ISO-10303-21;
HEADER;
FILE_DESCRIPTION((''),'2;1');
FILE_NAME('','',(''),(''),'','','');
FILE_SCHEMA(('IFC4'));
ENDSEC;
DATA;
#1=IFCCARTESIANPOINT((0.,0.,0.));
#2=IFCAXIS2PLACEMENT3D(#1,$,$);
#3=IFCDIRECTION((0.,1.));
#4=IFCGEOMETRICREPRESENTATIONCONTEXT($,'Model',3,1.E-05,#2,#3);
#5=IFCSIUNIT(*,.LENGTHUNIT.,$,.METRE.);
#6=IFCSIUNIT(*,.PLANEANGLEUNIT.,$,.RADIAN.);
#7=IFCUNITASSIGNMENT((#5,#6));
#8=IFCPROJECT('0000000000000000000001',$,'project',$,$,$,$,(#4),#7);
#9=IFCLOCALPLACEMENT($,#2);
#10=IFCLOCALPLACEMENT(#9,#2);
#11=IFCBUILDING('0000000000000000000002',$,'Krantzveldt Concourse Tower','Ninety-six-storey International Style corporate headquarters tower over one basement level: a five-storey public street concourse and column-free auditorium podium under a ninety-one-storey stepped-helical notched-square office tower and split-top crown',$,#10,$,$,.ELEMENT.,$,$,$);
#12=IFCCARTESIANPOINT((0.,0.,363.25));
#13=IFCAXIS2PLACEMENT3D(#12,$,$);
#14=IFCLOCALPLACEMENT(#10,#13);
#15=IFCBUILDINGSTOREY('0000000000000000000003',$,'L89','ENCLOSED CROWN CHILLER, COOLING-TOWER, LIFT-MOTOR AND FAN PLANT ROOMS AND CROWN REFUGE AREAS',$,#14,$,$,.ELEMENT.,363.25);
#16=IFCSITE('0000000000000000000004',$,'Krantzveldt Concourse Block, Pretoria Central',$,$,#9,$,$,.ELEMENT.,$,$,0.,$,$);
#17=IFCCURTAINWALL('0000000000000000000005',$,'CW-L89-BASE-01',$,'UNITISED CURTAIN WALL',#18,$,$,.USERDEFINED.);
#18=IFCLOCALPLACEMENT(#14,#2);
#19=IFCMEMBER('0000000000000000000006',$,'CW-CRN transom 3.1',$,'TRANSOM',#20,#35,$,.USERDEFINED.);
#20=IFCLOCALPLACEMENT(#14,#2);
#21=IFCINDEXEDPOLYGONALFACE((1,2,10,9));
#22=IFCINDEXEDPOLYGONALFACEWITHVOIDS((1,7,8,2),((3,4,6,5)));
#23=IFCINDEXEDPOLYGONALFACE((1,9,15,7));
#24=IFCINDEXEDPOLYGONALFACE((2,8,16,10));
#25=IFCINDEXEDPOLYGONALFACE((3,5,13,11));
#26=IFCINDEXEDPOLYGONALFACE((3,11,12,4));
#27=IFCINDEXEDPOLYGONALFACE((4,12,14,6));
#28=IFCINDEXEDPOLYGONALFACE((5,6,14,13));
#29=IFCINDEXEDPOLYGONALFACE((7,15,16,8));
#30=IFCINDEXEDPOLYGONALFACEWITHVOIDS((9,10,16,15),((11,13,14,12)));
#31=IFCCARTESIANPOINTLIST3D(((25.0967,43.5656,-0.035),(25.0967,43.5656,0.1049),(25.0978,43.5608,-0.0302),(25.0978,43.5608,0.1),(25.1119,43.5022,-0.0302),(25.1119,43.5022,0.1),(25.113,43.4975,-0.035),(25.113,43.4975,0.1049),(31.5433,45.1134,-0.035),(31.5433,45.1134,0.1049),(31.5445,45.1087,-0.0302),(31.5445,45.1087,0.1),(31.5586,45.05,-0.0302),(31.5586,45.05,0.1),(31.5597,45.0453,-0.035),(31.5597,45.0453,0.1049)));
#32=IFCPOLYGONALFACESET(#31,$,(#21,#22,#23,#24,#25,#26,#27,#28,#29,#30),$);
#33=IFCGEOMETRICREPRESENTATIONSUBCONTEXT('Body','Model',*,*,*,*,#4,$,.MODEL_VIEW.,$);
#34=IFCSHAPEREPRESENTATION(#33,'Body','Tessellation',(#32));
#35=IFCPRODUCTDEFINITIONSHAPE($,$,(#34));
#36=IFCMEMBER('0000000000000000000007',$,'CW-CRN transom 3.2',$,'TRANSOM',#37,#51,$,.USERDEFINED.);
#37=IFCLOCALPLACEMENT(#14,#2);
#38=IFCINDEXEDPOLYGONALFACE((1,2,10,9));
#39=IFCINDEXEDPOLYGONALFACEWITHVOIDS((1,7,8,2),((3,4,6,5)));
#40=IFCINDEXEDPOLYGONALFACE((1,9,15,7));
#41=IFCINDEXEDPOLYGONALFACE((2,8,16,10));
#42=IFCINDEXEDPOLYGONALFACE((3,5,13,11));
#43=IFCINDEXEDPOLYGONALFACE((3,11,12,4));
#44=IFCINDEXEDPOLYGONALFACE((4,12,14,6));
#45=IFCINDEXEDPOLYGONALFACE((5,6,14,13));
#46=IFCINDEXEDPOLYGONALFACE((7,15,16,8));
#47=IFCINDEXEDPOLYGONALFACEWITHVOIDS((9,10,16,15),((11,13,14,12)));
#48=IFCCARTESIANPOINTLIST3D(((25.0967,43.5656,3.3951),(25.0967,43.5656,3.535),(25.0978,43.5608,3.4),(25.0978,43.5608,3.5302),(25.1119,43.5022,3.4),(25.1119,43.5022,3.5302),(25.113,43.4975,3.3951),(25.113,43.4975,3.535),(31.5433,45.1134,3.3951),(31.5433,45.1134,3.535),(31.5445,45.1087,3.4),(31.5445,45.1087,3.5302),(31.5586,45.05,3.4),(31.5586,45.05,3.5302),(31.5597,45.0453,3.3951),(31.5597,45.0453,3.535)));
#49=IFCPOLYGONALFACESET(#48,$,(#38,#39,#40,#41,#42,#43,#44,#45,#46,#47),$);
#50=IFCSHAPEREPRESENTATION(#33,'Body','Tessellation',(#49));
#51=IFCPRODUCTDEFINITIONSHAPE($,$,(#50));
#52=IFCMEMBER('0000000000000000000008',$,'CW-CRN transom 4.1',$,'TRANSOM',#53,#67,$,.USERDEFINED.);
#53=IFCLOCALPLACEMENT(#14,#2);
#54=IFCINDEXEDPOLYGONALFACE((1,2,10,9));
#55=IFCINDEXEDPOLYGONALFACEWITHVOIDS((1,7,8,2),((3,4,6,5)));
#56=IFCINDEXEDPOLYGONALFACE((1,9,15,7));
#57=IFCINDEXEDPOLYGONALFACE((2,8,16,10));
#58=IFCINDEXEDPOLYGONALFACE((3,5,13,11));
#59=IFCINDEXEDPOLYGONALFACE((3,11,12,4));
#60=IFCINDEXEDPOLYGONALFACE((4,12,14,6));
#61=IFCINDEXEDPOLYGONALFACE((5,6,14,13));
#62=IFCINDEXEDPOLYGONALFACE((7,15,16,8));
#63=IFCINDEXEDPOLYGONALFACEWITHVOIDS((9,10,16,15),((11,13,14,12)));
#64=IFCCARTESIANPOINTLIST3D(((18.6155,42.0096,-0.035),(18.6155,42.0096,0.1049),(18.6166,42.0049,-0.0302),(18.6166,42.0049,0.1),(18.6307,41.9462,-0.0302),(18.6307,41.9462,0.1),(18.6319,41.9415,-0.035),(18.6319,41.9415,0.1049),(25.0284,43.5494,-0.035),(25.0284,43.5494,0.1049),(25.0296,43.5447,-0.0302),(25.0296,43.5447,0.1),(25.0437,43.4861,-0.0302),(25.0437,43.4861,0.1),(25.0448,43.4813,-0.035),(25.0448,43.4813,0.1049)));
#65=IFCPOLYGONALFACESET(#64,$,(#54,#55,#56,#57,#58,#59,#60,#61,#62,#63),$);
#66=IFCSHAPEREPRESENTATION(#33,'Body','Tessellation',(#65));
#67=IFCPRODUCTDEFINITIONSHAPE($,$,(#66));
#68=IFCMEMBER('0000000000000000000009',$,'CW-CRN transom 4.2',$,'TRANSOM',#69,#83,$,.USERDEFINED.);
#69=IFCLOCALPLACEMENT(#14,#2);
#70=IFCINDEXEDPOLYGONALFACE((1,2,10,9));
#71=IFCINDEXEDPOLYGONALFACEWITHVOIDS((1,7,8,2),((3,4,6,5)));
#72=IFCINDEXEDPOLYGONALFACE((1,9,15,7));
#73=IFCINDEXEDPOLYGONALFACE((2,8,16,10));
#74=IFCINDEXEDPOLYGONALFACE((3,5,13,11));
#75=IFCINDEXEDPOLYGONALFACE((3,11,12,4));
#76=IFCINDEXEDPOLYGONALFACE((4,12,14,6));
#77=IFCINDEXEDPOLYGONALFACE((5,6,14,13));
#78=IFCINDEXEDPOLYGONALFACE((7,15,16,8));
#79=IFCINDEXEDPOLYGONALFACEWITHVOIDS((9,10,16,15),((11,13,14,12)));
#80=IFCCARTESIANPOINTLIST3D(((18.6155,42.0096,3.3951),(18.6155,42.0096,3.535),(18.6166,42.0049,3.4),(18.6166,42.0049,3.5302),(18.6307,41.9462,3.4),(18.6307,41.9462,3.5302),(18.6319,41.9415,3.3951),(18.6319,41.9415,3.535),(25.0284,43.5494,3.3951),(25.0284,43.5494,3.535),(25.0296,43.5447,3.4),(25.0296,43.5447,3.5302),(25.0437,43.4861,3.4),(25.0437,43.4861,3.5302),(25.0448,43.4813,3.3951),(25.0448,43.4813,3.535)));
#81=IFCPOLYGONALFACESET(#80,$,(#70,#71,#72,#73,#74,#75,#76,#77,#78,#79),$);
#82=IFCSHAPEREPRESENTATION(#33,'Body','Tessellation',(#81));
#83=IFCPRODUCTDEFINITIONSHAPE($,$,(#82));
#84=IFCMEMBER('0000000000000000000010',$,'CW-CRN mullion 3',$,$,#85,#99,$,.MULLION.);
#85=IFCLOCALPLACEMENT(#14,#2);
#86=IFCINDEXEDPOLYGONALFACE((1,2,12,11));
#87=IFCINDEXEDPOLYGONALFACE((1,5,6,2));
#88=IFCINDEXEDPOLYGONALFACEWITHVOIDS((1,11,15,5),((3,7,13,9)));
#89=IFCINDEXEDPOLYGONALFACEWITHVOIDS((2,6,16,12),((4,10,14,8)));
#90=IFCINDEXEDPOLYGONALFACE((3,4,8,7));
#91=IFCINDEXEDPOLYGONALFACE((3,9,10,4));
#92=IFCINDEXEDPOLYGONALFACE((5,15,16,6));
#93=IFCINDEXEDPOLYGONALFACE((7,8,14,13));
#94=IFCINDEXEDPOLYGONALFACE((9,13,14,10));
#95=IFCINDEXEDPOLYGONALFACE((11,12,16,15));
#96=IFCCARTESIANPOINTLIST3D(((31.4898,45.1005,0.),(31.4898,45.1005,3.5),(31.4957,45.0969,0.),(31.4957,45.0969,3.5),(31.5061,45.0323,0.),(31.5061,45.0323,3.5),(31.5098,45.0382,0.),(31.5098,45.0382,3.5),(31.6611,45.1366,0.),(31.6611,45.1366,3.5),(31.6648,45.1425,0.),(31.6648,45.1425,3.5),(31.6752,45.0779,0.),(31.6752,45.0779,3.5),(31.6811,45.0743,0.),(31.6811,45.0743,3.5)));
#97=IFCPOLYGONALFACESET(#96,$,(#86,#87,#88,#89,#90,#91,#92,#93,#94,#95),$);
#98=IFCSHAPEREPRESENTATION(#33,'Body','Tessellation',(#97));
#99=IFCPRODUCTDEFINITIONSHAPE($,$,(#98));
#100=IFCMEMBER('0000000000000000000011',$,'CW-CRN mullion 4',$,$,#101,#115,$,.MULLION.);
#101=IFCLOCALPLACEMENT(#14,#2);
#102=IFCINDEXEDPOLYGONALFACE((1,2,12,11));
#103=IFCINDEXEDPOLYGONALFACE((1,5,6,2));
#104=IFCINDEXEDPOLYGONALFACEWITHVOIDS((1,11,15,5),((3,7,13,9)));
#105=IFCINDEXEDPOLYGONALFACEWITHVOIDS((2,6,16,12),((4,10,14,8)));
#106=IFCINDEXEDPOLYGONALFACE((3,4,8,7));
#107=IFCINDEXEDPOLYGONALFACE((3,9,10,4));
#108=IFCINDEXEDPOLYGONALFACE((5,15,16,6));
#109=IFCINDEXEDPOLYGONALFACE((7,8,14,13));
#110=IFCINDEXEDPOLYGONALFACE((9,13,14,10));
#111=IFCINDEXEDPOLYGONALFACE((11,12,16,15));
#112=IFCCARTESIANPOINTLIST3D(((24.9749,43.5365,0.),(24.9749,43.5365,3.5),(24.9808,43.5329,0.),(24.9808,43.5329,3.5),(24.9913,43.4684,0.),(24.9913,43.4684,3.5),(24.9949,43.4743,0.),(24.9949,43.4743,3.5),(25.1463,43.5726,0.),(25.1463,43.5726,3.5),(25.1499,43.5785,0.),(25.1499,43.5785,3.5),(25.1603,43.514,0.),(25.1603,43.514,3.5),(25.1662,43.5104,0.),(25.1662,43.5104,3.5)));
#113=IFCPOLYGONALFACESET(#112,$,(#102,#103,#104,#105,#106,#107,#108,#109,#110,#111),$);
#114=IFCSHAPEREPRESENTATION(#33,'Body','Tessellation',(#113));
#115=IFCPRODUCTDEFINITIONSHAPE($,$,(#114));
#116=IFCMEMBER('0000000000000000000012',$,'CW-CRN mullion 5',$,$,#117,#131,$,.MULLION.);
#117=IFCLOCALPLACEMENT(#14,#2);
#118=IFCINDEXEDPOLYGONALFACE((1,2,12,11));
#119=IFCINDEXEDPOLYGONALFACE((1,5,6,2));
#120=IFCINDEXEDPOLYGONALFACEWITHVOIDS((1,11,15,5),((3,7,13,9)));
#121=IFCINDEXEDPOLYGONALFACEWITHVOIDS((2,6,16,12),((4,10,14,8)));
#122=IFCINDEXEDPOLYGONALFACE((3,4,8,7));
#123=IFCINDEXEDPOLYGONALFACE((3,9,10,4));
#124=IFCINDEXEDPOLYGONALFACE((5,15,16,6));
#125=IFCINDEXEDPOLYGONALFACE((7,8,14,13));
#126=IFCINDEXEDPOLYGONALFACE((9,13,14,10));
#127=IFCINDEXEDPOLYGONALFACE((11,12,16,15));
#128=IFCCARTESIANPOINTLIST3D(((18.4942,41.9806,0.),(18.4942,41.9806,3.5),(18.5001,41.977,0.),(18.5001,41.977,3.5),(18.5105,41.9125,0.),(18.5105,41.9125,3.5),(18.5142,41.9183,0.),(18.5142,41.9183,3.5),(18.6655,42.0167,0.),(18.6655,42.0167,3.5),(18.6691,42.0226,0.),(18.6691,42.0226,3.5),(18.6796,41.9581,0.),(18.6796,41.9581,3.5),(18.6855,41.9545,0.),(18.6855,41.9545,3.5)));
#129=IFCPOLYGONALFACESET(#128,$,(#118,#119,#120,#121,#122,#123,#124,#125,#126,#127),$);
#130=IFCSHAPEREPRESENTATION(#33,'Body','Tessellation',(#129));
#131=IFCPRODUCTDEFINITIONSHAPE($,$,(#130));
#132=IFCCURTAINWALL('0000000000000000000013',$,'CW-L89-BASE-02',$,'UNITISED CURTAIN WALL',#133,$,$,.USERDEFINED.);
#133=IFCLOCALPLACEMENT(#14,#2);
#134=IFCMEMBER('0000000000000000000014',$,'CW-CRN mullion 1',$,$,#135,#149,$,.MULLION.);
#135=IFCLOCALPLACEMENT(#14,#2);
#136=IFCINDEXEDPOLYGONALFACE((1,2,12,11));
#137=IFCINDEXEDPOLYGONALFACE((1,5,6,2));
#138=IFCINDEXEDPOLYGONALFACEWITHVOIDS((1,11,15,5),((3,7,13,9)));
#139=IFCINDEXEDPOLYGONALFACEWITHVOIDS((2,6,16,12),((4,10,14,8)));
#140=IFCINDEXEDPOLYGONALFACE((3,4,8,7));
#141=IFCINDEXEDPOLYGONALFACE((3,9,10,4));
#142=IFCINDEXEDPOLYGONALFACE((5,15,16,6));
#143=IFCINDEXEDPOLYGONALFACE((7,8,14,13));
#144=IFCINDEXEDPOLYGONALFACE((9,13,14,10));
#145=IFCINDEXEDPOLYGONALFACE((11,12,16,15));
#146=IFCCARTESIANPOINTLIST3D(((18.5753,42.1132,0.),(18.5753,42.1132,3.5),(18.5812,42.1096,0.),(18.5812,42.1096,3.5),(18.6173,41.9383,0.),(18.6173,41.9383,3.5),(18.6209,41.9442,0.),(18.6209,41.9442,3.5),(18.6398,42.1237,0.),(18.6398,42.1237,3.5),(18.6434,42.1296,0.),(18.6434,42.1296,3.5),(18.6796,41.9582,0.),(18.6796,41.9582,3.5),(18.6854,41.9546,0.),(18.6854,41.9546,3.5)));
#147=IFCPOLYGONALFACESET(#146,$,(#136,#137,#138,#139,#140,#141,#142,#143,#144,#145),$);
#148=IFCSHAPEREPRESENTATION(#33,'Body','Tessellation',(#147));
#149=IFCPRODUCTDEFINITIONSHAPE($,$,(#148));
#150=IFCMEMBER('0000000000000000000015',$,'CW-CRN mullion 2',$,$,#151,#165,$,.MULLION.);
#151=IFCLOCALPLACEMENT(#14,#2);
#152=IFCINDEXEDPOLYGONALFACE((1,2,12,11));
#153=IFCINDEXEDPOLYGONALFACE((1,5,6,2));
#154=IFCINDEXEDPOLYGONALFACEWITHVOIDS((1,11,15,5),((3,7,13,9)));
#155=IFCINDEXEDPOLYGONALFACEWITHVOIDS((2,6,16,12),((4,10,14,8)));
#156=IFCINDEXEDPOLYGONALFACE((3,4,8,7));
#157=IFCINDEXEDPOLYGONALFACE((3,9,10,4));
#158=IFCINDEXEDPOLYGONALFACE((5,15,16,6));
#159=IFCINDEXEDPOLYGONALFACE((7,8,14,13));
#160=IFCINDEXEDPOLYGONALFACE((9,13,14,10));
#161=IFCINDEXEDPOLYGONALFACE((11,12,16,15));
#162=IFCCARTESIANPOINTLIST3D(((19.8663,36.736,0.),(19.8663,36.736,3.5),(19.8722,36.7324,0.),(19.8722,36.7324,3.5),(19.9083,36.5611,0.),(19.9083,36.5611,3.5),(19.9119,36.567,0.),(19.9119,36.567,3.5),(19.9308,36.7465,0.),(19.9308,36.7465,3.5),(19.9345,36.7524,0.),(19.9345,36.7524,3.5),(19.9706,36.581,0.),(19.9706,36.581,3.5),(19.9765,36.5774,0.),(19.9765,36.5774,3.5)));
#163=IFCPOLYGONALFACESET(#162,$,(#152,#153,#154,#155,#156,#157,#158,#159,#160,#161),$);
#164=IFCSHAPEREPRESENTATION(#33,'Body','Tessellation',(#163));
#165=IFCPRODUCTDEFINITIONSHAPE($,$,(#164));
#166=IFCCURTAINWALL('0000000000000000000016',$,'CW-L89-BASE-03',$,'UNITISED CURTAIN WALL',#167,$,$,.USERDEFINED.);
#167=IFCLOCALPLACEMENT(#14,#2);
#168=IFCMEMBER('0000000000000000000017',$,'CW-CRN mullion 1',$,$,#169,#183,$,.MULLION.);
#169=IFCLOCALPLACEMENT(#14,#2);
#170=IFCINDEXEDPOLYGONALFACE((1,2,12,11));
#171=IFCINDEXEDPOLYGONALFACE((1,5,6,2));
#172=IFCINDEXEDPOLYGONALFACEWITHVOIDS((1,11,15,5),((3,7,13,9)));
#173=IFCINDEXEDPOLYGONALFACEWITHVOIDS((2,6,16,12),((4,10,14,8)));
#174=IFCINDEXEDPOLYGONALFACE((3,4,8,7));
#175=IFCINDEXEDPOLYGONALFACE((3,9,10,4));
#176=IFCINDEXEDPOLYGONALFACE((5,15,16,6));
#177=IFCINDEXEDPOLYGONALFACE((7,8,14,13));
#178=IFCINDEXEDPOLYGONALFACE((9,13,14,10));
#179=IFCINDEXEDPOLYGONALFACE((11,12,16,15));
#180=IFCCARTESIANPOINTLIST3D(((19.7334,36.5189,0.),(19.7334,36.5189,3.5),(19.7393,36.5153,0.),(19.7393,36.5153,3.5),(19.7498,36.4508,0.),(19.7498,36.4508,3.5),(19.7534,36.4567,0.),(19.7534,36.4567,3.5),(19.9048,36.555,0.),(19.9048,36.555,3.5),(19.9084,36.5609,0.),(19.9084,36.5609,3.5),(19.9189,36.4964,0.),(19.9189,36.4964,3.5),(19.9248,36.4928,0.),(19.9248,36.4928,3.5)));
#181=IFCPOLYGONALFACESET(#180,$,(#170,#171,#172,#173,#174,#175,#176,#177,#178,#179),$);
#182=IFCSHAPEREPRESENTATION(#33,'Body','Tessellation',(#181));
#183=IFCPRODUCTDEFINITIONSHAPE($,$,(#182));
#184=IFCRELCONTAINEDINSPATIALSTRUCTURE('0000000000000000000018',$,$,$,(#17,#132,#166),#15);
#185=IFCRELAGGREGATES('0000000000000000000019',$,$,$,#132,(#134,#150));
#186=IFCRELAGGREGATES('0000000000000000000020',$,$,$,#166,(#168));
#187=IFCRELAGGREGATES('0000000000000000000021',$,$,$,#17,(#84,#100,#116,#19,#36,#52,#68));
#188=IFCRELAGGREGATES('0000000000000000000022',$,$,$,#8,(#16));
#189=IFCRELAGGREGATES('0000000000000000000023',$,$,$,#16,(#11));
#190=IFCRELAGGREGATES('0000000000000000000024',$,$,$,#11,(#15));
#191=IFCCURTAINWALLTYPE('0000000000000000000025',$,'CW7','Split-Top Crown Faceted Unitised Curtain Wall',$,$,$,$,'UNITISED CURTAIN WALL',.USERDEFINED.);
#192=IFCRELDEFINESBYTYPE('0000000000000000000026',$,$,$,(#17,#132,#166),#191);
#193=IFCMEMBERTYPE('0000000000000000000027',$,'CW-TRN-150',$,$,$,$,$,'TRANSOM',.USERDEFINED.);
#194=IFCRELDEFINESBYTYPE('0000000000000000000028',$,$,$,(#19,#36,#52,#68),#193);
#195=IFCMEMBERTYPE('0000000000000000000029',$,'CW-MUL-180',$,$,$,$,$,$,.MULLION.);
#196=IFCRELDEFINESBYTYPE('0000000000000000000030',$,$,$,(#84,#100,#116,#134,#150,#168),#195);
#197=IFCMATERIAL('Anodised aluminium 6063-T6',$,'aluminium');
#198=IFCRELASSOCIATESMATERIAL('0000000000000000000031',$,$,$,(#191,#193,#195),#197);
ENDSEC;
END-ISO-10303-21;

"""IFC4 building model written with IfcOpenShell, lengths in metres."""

from ifc_helpers import new_model, si_unit, direction, frame, origin, origin_2d, place, context, subcontext, project, spatial, hollow_rectangle, extrude, source, transform, mapped, material, material_profile, profile_set, type_object, type_shapes, element, aggregate, save


model = new_model("IFC4")

# Units and contexts
model_context = context("Model", 3, precision=1e-05, world=origin(), true_north=direction((0.0, 1.0)))
body_context = subcontext(model_context, "Body", "Model", "MODEL_VIEW")
ifc_project = project(units=[si_unit("LENGTHUNIT", "METRE"), si_unit("PLANEANGLEUNIT", "RADIAN")], contexts=[model_context])

# Site, building, storey
site_placement = place(None, origin())
site = spatial("IfcSite", under=ifc_project, at=site_placement, Name="Krantzveldt Concourse Block, Pretoria Central", CompositionType="ELEMENT", RefElevation=0.0)
building_placement = place(site_placement, origin())
building = spatial("IfcBuilding", under=site, at=building_placement, Name="Krantzveldt Concourse Tower", Description="Ninety-six-storey International Style corporate headquarters tower over one basement level: a five-storey public street concourse and column-free auditorium podium under a ninety-one-storey stepped-helical notched-square office tower and split-top crown", CompositionType="ELEMENT")
storey_placement = place(building_placement, frame((0.0, 0.0, 363.25)))
storey = spatial("IfcBuildingStorey", under=building, at=storey_placement, Name="L89", Description="ENCLOSED CROWN CHILLER, COOLING-TOWER, LIFT-MOTOR AND FAN PLANT ROOMS AND CROWN REFUGE AREAS", CompositionType="ELEMENT", Elevation=363.25)

# Curtain walls, members
ifc_material_1 = material(Name="Anodised aluminium 6063-T6", Category="aluminium")
curtain_wall_type = type_object("IfcCurtainWallType", Name="CW7", Description="Split-Top Crown Faceted Unitised Curtain Wall", ElementType="UNITISED CURTAIN WALL", PredefinedType="USERDEFINED", material=ifc_material_1)
curtain_wall_1_placement = place(storey_placement, origin())
curtain_wall_1 = element("IfcCurtainWall", 1, at=curtain_wall_1_placement, inside=storey, type_object=curtain_wall_type, Name="CW-L89-BASE-01", ObjectType="UNITISED CURTAIN WALL", PredefinedType="USERDEFINED")
ifc_material_profile_1 = material_profile(ifc_material_1, hollow_rectangle(XDim=0.0701, YDim=0.1399, WallThickness=0.0049, at=origin_2d()), Name="Anodised aluminium 6063-T6", Category="aluminium")
ifc_profile_set_1 = profile_set([ifc_material_profile_1], Name="Anodised aluminium 6063-T6 - ALU-TRAN 140x70x5")
member_type_1 = type_object("IfcMemberType", Name="CW-TRN-150", ElementType="TRANSOM", PredefinedType="USERDEFINED", material=ifc_profile_set_1)
shared_shape_1 = source(origin(), body_context, "Body", "SweptSolid", [
    extrude(hollow_rectangle(XDim=0.0701, YDim=0.1399, WallThickness=0.0049, at=origin_2d()), origin(), (0.0, 0.0, 1.0), 6.6299),
])
member_1_placement = place(storey_placement, frame((31.5515, 45.0793, 0.0349), z_axis=(-0.972366, -0.233462, 0.0), x_axis=(0.233462, -0.972366, 0.0)))
member_1 = element("IfcMember", 2, at=member_1_placement, type_object=member_type_1, Name="CW-CRN transom 3.1", ObjectType="TRANSOM", PredefinedType="USERDEFINED", context=body_context, shape_type="MappedRepresentation", body=[
    mapped(shared_shape_1, transform((0.0, 0.0, 0.0), x_axis=(1.0, 0.0, 0.0), y_axis=(0.0, 1.0, 0.0), z_axis=(0.0, 0.0, 1.0), scale=1.0)),
])
member_2_placement = place(storey_placement, frame((31.5515, 45.0793, 3.4651), z_axis=(-0.972366, -0.233462, 0.0), x_axis=(0.233462, -0.972366, 0.0)))
member_2 = element("IfcMember", 3, at=member_2_placement, type_object=member_type_1, Name="CW-CRN transom 3.2", ObjectType="TRANSOM", PredefinedType="USERDEFINED", context=body_context, shape_type="MappedRepresentation", body=[
    mapped(shared_shape_1, transform((0.0, 0.0, 0.0), x_axis=(1.0, 0.0, 0.0), y_axis=(0.0, 1.0, 0.0), z_axis=(0.0, 0.0, 1.0), scale=1.0)),
])
shared_shape_2 = source(origin(), body_context, "Body", "SweptSolid", [
    extrude(hollow_rectangle(XDim=0.0701, YDim=0.1399, WallThickness=0.0049, at=origin_2d()), origin(), (0.0, 0.0, 1.0), 6.5952),
])
member_3_placement = place(storey_placement, frame((25.0366, 43.5154, 0.0349), z_axis=(-0.972363, -0.233475, 0.0), x_axis=(0.233475, -0.972363, 0.0)))
member_3 = element("IfcMember", 4, at=member_3_placement, type_object=member_type_1, Name="CW-CRN transom 4.1", ObjectType="TRANSOM", PredefinedType="USERDEFINED", context=body_context, shape_type="MappedRepresentation", body=[
    mapped(shared_shape_2, transform((0.0, 0.0, 0.0), x_axis=(1.0, 0.0, 0.0), y_axis=(0.0, 1.0, 0.0), z_axis=(0.0, 0.0, 1.0), scale=1.0)),
])
member_4_placement = place(storey_placement, frame((25.0366, 43.5154, 3.4651), z_axis=(-0.972363, -0.233475, 0.0), x_axis=(0.233475, -0.972363, 0.0)))
member_4 = element("IfcMember", 5, at=member_4_placement, type_object=member_type_1, Name="CW-CRN transom 4.2", ObjectType="TRANSOM", PredefinedType="USERDEFINED", context=body_context, shape_type="MappedRepresentation", body=[
    mapped(shared_shape_2, transform((0.0, 0.0, 0.0), x_axis=(1.0, 0.0, 0.0), y_axis=(0.0, 1.0, 0.0), z_axis=(0.0, 0.0, 1.0), scale=1.0)),
])
ifc_material_profile_2 = material_profile(ifc_material_1, hollow_rectangle(XDim=0.0701, YDim=0.1799, WallThickness=0.0049, at=origin_2d()), Name="Anodised aluminium 6063-T6", Category="aluminium")
ifc_profile_set_2 = profile_set([ifc_material_profile_2], Name="Anodised aluminium 6063-T6 - ALU-MULL 180x70x5")
member_type_2 = type_object("IfcMemberType", Name="CW-MUL-180", PredefinedType="MULLION", material=ifc_profile_set_2)
shared_shape_3 = source(origin(), body_context, "Body", "SweptSolid", [
    extrude(hollow_rectangle(XDim=0.0701, YDim=0.1799, WallThickness=0.0049, at=origin_2d()), origin(), (0.0, 0.0, 1.0), 3.5),
])
type_shapes(member_type_2, [shared_shape_3])
member_5_placement = place(storey_placement, frame((31.5854, 45.0874, 0.0), z_axis=(0.0, 0.0, 1.0), x_axis=(0.233445, -0.97237, 0.0)))
member_5 = element("IfcMember", 6, at=member_5_placement, type_object=member_type_2, Name="CW-CRN mullion 3", PredefinedType="MULLION", context=body_context, shape_type="MappedRepresentation", body=[
    mapped(shared_shape_3, transform((0.0, 0.0, 0.0), x_axis=(1.0, 0.0, 0.0), y_axis=(0.0, 1.0, 0.0), z_axis=(0.0, 0.0, 1.0), scale=1.0)),
])
member_6_placement = place(storey_placement, frame((25.0706, 43.5234, 0.0), z_axis=(0.0, 0.0, 1.0), x_axis=(0.233445, -0.97237, 0.0)))
member_6 = element("IfcMember", 7, at=member_6_placement, type_object=member_type_2, Name="CW-CRN mullion 4", PredefinedType="MULLION", context=body_context, shape_type="MappedRepresentation", body=[
    mapped(shared_shape_3, transform((0.0, 0.0, 0.0), x_axis=(1.0, 0.0, 0.0), y_axis=(0.0, 1.0, 0.0), z_axis=(0.0, 0.0, 1.0), scale=1.0)),
])
member_7_placement = place(storey_placement, frame((18.5898, 41.9675, 0.0), z_axis=(0.0, 0.0, 1.0), x_axis=(0.233445, -0.97237, 0.0)))
member_7 = element("IfcMember", 8, at=member_7_placement, type_object=member_type_2, Name="CW-CRN mullion 5", PredefinedType="MULLION", context=body_context, shape_type="MappedRepresentation", body=[
    mapped(shared_shape_3, transform((0.0, 0.0, 0.0), x_axis=(1.0, 0.0, 0.0), y_axis=(0.0, 1.0, 0.0), z_axis=(0.0, 0.0, 1.0), scale=1.0)),
])
curtain_wall_2_placement = place(storey_placement, origin())
curtain_wall_2 = element("IfcCurtainWall", 9, at=curtain_wall_2_placement, inside=storey, type_object=curtain_wall_type, Name="CW-L89-BASE-02", ObjectType="UNITISED CURTAIN WALL", PredefinedType="USERDEFINED")
member_8_placement = place(storey_placement, frame((18.6304, 42.0339, 0.0), z_axis=(0.0, 0.0, 1.0), x_axis=(0.97237, 0.233446, 0.0)))
member_8 = element("IfcMember", 10, at=member_8_placement, type_object=member_type_2, Name="CW-CRN mullion 1", PredefinedType="MULLION", context=body_context, shape_type="MappedRepresentation", body=[
    mapped(shared_shape_3, transform((0.0, 0.0, 0.0), x_axis=(1.0, 0.0, 0.0), y_axis=(0.0, 1.0, 0.0), z_axis=(0.0, 0.0, 1.0), scale=1.0)),
])
member_9_placement = place(storey_placement, frame((19.9214, 36.6567, 0.0), z_axis=(0.0, 0.0, 1.0), x_axis=(0.97237, 0.233446, 0.0)))
member_9 = element("IfcMember", 11, at=member_9_placement, type_object=member_type_2, Name="CW-CRN mullion 2", PredefinedType="MULLION", context=body_context, shape_type="MappedRepresentation", body=[
    mapped(shared_shape_3, transform((0.0, 0.0, 0.0), x_axis=(1.0, 0.0, 0.0), y_axis=(0.0, 1.0, 0.0), z_axis=(0.0, 0.0, 1.0), scale=1.0)),
])

# Curtain wall, member
curtain_wall_3_placement = place(storey_placement, origin())
curtain_wall_3 = element("IfcCurtainWall", 12, at=curtain_wall_3_placement, inside=storey, type_object=curtain_wall_type, Name="CW-L89-BASE-03", ObjectType="UNITISED CURTAIN WALL", PredefinedType="USERDEFINED")
member_10_placement = place(storey_placement, frame((19.8291, 36.5059, 0.0), z_axis=(0.0, 0.0, 1.0), x_axis=(0.233444, -0.97237, 0.0)))
member_10 = element("IfcMember", 13, at=member_10_placement, type_object=member_type_2, Name="CW-CRN mullion 1", PredefinedType="MULLION", context=body_context, shape_type="MappedRepresentation", body=[
    mapped(shared_shape_3, transform((0.0, 0.0, 0.0), x_axis=(1.0, 0.0, 0.0), y_axis=(0.0, 1.0, 0.0), z_axis=(0.0, 0.0, 1.0), scale=1.0)),
])

aggregate(curtain_wall_2, [member_8, member_9])
aggregate(curtain_wall_3, [member_10])
aggregate(curtain_wall_1, [member_5, member_6, member_7, member_1, member_2, member_3, member_4])

save(model, "model.ifc")
